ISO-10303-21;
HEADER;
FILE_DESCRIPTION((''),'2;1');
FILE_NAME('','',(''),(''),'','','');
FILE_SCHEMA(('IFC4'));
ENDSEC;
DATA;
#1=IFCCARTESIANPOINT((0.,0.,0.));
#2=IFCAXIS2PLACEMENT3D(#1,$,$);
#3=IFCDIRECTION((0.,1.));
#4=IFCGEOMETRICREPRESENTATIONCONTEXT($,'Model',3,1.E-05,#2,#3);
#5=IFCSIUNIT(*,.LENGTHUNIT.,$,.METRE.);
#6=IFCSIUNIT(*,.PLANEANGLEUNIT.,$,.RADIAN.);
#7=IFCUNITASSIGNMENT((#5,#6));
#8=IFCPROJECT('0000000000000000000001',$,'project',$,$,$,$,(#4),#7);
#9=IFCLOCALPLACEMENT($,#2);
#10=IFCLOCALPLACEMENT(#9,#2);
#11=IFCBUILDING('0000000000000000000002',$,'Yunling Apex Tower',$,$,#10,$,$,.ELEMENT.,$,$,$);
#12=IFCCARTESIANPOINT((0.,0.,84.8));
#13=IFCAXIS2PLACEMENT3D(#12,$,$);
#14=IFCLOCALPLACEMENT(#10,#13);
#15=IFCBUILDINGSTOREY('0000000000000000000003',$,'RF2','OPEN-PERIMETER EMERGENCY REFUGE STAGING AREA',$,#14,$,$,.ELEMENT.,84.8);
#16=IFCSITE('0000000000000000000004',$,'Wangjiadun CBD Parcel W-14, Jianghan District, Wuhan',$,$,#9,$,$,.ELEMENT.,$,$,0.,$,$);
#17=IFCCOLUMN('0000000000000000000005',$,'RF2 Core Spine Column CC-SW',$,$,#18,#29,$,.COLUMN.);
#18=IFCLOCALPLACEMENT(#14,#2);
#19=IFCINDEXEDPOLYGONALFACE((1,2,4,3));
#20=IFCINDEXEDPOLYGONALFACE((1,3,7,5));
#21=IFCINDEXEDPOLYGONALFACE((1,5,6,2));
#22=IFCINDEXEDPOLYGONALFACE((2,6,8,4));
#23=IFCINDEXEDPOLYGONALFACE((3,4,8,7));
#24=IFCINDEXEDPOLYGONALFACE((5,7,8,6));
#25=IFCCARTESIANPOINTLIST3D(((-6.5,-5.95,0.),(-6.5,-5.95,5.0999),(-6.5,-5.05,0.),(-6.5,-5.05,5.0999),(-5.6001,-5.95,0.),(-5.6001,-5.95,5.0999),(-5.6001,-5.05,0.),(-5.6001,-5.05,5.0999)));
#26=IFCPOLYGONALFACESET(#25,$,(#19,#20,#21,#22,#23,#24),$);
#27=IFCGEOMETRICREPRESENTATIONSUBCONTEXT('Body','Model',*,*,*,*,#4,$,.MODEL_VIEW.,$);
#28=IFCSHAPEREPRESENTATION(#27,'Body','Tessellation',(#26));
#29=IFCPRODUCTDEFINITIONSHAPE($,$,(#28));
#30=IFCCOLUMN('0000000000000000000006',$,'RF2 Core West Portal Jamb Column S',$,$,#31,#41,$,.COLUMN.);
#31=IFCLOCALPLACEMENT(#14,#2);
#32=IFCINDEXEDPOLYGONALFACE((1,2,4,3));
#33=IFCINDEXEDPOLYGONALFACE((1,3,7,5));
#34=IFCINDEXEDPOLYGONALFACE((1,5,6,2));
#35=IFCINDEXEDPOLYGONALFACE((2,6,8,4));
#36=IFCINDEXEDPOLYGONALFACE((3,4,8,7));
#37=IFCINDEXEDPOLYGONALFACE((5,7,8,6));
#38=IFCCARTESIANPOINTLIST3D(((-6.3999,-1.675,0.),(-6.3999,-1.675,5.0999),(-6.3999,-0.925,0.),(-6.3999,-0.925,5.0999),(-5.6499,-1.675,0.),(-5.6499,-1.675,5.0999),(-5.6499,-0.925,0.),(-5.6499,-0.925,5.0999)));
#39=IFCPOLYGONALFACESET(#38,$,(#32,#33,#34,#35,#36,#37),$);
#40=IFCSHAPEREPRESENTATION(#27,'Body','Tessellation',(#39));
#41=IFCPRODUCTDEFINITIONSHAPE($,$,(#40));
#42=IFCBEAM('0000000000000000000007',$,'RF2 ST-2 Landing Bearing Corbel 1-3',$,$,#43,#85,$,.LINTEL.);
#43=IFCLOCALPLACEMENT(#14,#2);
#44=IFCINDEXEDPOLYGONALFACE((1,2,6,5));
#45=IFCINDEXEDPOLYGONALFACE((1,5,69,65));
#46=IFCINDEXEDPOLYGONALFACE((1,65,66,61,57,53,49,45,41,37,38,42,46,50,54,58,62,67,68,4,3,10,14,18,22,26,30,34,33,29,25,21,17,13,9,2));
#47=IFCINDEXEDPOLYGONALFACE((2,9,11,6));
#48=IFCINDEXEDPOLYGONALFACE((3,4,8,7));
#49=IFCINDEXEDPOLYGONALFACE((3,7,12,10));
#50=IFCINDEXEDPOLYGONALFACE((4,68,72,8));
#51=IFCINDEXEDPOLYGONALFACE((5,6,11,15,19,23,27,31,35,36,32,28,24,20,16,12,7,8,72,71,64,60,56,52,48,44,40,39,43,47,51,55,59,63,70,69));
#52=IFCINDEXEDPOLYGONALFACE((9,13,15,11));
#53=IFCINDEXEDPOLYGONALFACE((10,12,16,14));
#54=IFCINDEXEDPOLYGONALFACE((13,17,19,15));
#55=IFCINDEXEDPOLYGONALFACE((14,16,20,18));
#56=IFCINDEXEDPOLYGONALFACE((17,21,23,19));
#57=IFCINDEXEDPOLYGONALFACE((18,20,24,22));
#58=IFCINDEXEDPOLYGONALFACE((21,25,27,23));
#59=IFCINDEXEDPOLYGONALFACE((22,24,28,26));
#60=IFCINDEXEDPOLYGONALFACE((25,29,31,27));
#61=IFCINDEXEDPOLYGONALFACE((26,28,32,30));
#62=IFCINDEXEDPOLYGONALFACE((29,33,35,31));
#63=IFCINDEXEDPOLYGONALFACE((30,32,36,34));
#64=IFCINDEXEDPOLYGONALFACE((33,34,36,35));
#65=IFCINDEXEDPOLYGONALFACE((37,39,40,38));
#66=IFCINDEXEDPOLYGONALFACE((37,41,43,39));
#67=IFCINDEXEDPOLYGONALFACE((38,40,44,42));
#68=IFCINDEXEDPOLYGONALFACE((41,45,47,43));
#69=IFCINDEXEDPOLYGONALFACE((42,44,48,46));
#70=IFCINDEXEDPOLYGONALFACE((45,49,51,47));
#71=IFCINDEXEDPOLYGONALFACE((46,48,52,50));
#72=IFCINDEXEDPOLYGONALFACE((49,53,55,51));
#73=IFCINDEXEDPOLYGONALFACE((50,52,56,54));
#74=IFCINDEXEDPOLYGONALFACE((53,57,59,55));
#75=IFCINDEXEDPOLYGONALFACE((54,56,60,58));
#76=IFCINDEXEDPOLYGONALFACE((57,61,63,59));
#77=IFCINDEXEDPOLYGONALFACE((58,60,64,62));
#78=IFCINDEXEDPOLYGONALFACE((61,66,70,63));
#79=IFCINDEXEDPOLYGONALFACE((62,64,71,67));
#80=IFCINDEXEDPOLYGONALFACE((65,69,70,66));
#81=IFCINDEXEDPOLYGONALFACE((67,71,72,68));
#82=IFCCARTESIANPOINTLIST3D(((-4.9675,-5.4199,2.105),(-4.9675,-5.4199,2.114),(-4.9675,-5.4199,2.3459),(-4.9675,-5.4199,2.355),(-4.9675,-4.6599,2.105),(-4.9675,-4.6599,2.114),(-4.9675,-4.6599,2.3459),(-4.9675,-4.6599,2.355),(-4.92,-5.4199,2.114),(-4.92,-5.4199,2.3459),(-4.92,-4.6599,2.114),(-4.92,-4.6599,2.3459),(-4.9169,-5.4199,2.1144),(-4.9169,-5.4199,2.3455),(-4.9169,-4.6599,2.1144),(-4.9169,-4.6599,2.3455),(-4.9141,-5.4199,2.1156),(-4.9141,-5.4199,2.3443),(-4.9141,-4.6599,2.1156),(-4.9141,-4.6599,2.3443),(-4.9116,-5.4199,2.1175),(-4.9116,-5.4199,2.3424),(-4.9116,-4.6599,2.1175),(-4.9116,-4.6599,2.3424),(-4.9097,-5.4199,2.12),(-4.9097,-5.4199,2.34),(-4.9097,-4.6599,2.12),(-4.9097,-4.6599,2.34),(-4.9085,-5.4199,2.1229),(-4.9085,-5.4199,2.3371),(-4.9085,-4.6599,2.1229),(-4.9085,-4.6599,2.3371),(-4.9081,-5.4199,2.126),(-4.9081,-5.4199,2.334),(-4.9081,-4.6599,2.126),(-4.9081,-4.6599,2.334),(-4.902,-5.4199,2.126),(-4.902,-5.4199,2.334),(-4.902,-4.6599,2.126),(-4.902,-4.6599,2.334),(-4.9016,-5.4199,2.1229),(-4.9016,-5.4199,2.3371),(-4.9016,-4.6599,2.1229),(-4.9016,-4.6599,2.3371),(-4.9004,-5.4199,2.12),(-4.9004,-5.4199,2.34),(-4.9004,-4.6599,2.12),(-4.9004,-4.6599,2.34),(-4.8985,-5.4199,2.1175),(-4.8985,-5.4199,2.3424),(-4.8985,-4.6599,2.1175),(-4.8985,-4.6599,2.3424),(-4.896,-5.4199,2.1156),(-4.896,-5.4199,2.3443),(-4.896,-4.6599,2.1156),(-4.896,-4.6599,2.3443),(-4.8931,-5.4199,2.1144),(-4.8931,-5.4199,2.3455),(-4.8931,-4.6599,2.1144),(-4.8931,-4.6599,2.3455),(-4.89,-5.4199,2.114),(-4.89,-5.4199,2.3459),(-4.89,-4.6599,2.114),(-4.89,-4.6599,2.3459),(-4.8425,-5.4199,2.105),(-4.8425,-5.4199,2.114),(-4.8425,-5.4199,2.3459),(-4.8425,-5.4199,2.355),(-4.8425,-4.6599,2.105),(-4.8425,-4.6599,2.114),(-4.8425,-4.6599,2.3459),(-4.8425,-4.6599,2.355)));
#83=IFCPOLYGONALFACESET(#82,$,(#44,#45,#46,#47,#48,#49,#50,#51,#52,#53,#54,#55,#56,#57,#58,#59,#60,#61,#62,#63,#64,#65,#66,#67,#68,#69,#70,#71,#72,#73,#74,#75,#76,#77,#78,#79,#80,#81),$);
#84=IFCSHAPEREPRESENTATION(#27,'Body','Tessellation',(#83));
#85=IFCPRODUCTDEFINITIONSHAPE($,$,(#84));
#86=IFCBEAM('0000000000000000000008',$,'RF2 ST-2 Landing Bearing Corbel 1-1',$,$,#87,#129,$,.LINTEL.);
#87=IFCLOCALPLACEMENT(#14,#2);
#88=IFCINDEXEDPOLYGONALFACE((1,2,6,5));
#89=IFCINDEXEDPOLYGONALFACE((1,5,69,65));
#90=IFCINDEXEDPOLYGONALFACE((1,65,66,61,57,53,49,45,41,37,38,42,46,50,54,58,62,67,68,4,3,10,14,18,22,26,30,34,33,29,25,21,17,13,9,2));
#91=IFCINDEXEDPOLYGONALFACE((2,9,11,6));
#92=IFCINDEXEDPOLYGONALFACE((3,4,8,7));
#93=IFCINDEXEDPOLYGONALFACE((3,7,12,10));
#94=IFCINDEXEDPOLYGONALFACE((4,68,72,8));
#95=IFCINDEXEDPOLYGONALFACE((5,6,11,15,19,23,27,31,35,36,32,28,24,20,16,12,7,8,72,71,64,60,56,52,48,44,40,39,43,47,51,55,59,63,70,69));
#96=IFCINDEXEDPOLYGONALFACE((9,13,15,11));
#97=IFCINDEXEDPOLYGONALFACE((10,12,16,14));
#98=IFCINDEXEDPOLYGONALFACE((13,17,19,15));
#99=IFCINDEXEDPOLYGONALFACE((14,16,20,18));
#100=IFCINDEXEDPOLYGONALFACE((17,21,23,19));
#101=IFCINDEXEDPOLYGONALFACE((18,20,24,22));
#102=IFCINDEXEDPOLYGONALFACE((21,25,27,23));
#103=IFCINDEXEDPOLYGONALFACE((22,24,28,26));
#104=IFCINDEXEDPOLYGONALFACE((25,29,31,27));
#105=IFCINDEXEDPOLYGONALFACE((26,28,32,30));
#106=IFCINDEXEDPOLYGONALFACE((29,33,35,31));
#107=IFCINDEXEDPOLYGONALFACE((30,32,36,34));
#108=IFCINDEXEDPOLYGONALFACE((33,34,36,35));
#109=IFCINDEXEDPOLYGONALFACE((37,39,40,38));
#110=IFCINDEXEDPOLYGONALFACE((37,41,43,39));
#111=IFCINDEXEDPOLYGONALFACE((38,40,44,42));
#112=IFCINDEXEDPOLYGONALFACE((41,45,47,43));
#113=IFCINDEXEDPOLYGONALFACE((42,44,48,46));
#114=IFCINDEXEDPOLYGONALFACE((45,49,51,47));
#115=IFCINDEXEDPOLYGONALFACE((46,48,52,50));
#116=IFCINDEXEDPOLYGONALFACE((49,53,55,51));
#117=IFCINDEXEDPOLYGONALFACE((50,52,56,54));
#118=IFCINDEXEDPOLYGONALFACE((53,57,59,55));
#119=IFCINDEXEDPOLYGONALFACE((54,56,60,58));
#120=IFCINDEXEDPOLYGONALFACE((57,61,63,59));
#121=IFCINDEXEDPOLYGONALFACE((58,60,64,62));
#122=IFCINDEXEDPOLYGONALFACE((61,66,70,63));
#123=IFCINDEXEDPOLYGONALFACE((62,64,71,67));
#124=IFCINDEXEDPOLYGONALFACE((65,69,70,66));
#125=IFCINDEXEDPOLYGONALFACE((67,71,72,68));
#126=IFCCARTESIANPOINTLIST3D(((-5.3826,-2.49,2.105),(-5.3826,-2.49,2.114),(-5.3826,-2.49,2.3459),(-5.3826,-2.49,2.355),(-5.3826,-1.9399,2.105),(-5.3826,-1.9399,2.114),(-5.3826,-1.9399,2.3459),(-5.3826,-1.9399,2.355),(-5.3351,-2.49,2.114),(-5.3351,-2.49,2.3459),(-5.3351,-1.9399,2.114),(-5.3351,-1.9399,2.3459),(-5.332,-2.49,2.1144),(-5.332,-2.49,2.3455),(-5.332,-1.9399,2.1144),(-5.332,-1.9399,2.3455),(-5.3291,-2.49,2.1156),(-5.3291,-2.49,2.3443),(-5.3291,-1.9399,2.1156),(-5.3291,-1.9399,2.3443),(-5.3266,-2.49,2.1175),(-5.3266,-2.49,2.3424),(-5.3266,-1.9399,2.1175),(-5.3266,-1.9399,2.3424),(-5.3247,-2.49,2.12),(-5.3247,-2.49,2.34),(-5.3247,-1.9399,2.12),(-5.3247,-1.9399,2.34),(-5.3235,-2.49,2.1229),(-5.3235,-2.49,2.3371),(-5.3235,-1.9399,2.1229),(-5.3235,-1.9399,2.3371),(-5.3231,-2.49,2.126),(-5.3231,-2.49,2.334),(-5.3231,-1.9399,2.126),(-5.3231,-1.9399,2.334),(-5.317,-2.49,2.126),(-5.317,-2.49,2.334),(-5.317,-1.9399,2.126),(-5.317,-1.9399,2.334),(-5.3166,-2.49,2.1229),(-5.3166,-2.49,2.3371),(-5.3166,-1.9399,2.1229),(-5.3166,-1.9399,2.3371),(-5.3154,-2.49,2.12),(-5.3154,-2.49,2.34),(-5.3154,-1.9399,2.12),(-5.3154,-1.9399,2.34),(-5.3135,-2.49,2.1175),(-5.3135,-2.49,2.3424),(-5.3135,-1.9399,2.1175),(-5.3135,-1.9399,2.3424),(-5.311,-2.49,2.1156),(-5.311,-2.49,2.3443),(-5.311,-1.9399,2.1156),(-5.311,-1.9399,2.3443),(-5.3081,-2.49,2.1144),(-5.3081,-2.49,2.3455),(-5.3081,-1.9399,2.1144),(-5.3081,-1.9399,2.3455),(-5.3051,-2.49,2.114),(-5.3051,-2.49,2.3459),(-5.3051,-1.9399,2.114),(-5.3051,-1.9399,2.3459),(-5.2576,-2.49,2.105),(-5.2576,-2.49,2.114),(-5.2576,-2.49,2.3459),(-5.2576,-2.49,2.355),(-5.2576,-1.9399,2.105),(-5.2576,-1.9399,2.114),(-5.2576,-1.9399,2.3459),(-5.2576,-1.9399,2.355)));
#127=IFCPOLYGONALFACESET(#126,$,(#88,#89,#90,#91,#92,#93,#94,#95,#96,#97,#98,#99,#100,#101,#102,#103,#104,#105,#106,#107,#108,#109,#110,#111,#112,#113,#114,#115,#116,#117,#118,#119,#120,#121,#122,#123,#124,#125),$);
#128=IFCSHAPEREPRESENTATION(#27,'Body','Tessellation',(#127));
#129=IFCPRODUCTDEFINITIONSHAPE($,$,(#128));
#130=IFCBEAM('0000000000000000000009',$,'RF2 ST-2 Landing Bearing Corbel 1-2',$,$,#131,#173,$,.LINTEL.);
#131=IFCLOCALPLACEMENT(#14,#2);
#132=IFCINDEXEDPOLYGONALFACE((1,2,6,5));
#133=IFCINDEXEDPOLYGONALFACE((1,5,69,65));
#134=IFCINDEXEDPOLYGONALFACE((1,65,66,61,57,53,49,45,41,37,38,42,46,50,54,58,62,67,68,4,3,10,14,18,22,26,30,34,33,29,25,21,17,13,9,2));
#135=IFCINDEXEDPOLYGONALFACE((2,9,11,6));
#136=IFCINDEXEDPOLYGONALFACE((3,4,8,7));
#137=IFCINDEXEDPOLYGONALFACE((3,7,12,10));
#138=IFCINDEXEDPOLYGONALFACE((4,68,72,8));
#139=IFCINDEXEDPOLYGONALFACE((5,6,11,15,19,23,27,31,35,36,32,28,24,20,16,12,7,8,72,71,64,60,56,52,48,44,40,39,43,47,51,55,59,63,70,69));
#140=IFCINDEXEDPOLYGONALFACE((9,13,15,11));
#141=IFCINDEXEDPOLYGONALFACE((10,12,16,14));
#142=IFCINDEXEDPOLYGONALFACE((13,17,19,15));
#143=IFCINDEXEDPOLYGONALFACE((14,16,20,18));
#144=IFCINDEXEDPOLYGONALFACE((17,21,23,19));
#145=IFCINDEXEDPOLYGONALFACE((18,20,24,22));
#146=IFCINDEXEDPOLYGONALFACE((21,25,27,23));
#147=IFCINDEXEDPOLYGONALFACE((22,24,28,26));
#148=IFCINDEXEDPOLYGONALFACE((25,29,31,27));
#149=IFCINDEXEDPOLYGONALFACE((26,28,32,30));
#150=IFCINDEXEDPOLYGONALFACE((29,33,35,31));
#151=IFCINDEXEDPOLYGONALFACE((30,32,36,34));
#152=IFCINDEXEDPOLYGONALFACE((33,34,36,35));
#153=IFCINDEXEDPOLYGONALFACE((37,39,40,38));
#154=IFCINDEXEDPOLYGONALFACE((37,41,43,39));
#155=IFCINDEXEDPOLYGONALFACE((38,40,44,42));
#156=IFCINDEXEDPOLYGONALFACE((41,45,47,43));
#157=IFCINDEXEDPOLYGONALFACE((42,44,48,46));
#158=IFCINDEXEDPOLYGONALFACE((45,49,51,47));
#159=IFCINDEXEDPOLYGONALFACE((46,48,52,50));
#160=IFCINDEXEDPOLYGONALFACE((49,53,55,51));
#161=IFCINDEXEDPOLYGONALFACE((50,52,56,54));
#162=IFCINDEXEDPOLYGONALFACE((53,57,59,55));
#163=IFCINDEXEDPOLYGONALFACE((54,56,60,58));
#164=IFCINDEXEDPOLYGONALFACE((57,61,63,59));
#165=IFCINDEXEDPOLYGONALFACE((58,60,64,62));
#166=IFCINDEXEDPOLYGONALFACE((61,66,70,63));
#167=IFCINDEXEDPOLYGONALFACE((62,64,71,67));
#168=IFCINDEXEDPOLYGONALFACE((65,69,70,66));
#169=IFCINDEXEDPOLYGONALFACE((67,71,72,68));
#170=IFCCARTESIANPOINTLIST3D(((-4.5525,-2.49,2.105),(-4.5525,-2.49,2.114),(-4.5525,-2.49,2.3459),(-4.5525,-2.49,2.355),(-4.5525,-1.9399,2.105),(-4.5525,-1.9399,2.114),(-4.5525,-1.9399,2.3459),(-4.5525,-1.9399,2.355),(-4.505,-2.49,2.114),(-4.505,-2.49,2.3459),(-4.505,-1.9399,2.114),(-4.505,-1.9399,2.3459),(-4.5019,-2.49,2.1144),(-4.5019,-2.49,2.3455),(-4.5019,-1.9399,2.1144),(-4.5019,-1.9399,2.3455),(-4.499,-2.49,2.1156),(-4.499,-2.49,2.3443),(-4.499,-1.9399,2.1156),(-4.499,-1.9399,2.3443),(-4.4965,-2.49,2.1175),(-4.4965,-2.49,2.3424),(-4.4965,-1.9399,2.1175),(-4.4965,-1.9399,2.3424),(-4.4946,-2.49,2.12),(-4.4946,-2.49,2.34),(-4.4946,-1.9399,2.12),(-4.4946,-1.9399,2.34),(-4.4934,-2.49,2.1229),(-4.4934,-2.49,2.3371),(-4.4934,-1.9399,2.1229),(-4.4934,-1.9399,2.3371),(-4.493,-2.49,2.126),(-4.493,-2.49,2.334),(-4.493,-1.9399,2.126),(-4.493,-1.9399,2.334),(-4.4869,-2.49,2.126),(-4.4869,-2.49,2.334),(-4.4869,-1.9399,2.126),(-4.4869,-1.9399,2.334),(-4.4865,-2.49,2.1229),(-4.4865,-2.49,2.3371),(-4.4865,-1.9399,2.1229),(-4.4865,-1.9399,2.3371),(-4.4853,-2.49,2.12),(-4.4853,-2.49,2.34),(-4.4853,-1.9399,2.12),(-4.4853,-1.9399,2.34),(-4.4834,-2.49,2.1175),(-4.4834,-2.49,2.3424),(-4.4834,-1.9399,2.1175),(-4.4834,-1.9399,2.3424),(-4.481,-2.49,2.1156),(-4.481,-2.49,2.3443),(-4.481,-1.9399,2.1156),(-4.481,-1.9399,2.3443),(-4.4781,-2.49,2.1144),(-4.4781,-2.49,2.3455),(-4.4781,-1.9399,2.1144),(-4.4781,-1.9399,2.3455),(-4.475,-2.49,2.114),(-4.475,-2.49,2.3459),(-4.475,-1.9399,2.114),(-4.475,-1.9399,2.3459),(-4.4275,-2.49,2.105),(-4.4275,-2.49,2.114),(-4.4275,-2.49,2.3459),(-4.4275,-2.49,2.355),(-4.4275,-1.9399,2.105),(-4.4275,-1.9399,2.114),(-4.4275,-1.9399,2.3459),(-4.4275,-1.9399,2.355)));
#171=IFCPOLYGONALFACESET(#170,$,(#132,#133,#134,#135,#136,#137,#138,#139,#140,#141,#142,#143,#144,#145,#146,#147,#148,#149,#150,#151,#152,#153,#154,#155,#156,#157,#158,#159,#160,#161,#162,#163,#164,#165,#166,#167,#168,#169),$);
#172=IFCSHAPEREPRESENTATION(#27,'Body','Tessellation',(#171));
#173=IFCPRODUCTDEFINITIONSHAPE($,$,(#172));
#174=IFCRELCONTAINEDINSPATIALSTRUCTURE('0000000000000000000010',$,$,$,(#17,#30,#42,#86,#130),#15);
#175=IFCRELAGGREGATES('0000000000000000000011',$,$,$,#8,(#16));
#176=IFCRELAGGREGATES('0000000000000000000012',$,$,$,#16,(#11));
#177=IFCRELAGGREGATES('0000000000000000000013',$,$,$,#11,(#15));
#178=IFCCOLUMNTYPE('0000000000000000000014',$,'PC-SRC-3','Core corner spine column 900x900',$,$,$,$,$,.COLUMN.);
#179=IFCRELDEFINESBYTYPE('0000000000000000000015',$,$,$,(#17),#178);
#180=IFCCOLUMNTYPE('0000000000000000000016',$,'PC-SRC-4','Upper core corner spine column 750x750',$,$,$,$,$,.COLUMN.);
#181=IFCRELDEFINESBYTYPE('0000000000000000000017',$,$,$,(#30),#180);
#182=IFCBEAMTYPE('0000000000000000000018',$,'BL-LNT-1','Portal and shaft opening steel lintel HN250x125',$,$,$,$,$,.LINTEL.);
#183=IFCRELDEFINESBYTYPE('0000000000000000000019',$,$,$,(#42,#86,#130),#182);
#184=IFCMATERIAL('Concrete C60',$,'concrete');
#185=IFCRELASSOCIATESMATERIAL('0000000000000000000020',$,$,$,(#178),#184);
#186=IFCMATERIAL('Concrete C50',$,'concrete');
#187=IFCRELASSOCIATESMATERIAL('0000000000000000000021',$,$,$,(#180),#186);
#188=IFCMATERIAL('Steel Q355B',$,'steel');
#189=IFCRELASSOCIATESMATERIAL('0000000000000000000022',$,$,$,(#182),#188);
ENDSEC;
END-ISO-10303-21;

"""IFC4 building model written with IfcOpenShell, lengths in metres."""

from ifc_helpers import new_model, si_unit, direction, frame, origin, origin_2d, place, context, subcontext, project, spatial, rectangle, i_section, extrude, source, transform, mapped, material, material_profile, profile_set, type_object, element, save


model = new_model("IFC4")

# Units and contexts
model_context = context("Model", 3, precision=1e-05, world=origin(), true_north=direction((0.0, 1.0)))
body_context = subcontext(model_context, "Body", "Model", "MODEL_VIEW")
ifc_project = project(units=[si_unit("LENGTHUNIT", "METRE"), si_unit("PLANEANGLEUNIT", "RADIAN")], contexts=[model_context])

# Site, building, storey
site_placement = place(None, origin())
site = spatial("IfcSite", under=ifc_project, at=site_placement, Name="Wangjiadun CBD Parcel W-14, Jianghan District, Wuhan", CompositionType="ELEMENT", RefElevation=0.0)
building_placement = place(site_placement, origin())
building = spatial("IfcBuilding", under=site, at=building_placement, Name="Yunling Apex Tower", CompositionType="ELEMENT")
storey_placement = place(building_placement, frame((0.0, 0.0, 84.8)))
storey = spatial("IfcBuildingStorey", under=building, at=storey_placement, Name="RF2", Description="OPEN-PERIMETER EMERGENCY REFUGE STAGING AREA", CompositionType="ELEMENT", Elevation=84.8)

# Columns
ifc_material_1 = material(Name="Concrete C60", Category="concrete")
ifc_material_profile_1 = material_profile(ifc_material_1, rectangle(XDim=0.8999, YDim=0.8999, at=origin_2d()))
ifc_profile_set_1 = profile_set([ifc_material_profile_1], Name="Concrete C60")
column_type_1 = type_object("IfcColumnType", Name="PC-SRC-3", Description="Core corner spine column 900x900", PredefinedType="COLUMN", material=ifc_profile_set_1)
shared_shape_1 = source(origin(), body_context, "Body", "SweptSolid", [
    extrude(rectangle(XDim=0.8999, YDim=0.8999, at=origin_2d()), origin(), (0.0, 0.0, 1.0), 5.0999),
])
column_1_placement = place(storey_placement, frame((-6.05, -5.5, 0.0), z_axis=(0.0, 0.0, 1.0), x_axis=(1.0, 0.0, 0.0)))
element("IfcColumn", 1, at=column_1_placement, inside=storey, type_object=column_type_1, Name="RF2 Core Spine Column CC-SW", PredefinedType="COLUMN", context=body_context, shape_type="MappedRepresentation", body=[
    mapped(shared_shape_1, transform((0.0, 0.0, 0.0), scale=1.0)),
])
ifc_material_2 = material(Name="Concrete C50", Category="concrete")
ifc_material_profile_2 = material_profile(ifc_material_2, rectangle(XDim=0.75, YDim=0.75, at=origin_2d()))
ifc_profile_set_2 = profile_set([ifc_material_profile_2], Name="Concrete C50")
column_type_2 = type_object("IfcColumnType", Name="PC-SRC-4", Description="Upper core corner spine column 750x750", PredefinedType="COLUMN", material=ifc_profile_set_2)
shared_shape_2 = source(origin(), body_context, "Body", "SweptSolid", [
    extrude(rectangle(XDim=0.75, YDim=0.75, at=origin_2d()), origin(), (0.0, 0.0, 1.0), 5.0999),
])
column_2_placement = place(storey_placement, frame((-6.0249, -1.3, 0.0), z_axis=(0.0, 0.0, 1.0), x_axis=(1.0, 0.0, 0.0)))
element("IfcColumn", 2, at=column_2_placement, inside=storey, type_object=column_type_2, Name="RF2 Core West Portal Jamb Column S", PredefinedType="COLUMN", context=body_context, shape_type="MappedRepresentation", body=[
    mapped(shared_shape_2, transform((0.0, 0.0, 0.0), scale=1.0)),
])

# Beams
ifc_material_3 = material(Name="Steel Q355B", Category="steel")
ifc_material_profile_3 = material_profile(ifc_material_3, i_section(OverallWidth=0.125, OverallDepth=0.25, WebThickness=0.0061, FlangeThickness=0.009, FilletRadius=0.012, at=origin_2d()))
ifc_profile_set_3 = profile_set([ifc_material_profile_3], Name="Steel Q355B")
beam_type_1 = type_object("IfcBeamType", Name="BL-LNT-1", Description="Portal and shaft opening steel lintel HN250x125", PredefinedType="LINTEL", material=ifc_profile_set_3)
shared_shape_3 = source(origin(), body_context, "Body", "SweptSolid", [
    extrude(i_section(OverallWidth=0.125, OverallDepth=0.25, WebThickness=0.0061, FlangeThickness=0.009, FilletRadius=0.012, at=origin_2d()), origin(), (0.0, 0.0, 1.0), 0.76),
])
beam_1_placement = place(storey_placement, frame((-4.905, -5.4199, 2.23), z_axis=(0.0, 1.0, 0.0), x_axis=(-1.0, 0.0, 0.0)))
element("IfcBeam", 3, at=beam_1_placement, inside=storey, type_object=beam_type_1, Name="RF2 ST-2 Landing Bearing Corbel 1-3", PredefinedType="LINTEL", context=body_context, shape_type="MappedRepresentation", body=[
    mapped(shared_shape_3, transform((0.0, 0.0, 0.0), scale=1.0)),
])
shared_shape_4 = source(origin(), body_context, "Body", "SweptSolid", [
    extrude(i_section(OverallWidth=0.125, OverallDepth=0.25, WebThickness=0.0061, FlangeThickness=0.009, FilletRadius=0.012, at=origin_2d()), origin(), (0.0, 0.0, 1.0), 0.55),
])
for number, where, z_axis, x_axis, name in (
    (4, (-5.3201, -1.9399, 2.23), (0.0, -1.0, 0.0), (1.0, 0.0, 0.0), "RF2 ST-2 Landing Bearing Corbel 1-1"),
    (5, (-4.49, -1.9399, 2.23), (0.0, -1.0, 0.0), (1.0, 0.0, 0.0), "RF2 ST-2 Landing Bearing Corbel 1-2"),
):
    element("IfcBeam", number, at=place(storey_placement, frame(where, z_axis=z_axis, x_axis=x_axis)), inside=storey, type_object=beam_type_1, Name=name, PredefinedType="LINTEL", context=body_context, shape_type="MappedRepresentation", body=[
        mapped(shared_shape_4, transform((0.0, 0.0, 0.0), scale=1.0)),
    ])

save(model, "model.ifc")
